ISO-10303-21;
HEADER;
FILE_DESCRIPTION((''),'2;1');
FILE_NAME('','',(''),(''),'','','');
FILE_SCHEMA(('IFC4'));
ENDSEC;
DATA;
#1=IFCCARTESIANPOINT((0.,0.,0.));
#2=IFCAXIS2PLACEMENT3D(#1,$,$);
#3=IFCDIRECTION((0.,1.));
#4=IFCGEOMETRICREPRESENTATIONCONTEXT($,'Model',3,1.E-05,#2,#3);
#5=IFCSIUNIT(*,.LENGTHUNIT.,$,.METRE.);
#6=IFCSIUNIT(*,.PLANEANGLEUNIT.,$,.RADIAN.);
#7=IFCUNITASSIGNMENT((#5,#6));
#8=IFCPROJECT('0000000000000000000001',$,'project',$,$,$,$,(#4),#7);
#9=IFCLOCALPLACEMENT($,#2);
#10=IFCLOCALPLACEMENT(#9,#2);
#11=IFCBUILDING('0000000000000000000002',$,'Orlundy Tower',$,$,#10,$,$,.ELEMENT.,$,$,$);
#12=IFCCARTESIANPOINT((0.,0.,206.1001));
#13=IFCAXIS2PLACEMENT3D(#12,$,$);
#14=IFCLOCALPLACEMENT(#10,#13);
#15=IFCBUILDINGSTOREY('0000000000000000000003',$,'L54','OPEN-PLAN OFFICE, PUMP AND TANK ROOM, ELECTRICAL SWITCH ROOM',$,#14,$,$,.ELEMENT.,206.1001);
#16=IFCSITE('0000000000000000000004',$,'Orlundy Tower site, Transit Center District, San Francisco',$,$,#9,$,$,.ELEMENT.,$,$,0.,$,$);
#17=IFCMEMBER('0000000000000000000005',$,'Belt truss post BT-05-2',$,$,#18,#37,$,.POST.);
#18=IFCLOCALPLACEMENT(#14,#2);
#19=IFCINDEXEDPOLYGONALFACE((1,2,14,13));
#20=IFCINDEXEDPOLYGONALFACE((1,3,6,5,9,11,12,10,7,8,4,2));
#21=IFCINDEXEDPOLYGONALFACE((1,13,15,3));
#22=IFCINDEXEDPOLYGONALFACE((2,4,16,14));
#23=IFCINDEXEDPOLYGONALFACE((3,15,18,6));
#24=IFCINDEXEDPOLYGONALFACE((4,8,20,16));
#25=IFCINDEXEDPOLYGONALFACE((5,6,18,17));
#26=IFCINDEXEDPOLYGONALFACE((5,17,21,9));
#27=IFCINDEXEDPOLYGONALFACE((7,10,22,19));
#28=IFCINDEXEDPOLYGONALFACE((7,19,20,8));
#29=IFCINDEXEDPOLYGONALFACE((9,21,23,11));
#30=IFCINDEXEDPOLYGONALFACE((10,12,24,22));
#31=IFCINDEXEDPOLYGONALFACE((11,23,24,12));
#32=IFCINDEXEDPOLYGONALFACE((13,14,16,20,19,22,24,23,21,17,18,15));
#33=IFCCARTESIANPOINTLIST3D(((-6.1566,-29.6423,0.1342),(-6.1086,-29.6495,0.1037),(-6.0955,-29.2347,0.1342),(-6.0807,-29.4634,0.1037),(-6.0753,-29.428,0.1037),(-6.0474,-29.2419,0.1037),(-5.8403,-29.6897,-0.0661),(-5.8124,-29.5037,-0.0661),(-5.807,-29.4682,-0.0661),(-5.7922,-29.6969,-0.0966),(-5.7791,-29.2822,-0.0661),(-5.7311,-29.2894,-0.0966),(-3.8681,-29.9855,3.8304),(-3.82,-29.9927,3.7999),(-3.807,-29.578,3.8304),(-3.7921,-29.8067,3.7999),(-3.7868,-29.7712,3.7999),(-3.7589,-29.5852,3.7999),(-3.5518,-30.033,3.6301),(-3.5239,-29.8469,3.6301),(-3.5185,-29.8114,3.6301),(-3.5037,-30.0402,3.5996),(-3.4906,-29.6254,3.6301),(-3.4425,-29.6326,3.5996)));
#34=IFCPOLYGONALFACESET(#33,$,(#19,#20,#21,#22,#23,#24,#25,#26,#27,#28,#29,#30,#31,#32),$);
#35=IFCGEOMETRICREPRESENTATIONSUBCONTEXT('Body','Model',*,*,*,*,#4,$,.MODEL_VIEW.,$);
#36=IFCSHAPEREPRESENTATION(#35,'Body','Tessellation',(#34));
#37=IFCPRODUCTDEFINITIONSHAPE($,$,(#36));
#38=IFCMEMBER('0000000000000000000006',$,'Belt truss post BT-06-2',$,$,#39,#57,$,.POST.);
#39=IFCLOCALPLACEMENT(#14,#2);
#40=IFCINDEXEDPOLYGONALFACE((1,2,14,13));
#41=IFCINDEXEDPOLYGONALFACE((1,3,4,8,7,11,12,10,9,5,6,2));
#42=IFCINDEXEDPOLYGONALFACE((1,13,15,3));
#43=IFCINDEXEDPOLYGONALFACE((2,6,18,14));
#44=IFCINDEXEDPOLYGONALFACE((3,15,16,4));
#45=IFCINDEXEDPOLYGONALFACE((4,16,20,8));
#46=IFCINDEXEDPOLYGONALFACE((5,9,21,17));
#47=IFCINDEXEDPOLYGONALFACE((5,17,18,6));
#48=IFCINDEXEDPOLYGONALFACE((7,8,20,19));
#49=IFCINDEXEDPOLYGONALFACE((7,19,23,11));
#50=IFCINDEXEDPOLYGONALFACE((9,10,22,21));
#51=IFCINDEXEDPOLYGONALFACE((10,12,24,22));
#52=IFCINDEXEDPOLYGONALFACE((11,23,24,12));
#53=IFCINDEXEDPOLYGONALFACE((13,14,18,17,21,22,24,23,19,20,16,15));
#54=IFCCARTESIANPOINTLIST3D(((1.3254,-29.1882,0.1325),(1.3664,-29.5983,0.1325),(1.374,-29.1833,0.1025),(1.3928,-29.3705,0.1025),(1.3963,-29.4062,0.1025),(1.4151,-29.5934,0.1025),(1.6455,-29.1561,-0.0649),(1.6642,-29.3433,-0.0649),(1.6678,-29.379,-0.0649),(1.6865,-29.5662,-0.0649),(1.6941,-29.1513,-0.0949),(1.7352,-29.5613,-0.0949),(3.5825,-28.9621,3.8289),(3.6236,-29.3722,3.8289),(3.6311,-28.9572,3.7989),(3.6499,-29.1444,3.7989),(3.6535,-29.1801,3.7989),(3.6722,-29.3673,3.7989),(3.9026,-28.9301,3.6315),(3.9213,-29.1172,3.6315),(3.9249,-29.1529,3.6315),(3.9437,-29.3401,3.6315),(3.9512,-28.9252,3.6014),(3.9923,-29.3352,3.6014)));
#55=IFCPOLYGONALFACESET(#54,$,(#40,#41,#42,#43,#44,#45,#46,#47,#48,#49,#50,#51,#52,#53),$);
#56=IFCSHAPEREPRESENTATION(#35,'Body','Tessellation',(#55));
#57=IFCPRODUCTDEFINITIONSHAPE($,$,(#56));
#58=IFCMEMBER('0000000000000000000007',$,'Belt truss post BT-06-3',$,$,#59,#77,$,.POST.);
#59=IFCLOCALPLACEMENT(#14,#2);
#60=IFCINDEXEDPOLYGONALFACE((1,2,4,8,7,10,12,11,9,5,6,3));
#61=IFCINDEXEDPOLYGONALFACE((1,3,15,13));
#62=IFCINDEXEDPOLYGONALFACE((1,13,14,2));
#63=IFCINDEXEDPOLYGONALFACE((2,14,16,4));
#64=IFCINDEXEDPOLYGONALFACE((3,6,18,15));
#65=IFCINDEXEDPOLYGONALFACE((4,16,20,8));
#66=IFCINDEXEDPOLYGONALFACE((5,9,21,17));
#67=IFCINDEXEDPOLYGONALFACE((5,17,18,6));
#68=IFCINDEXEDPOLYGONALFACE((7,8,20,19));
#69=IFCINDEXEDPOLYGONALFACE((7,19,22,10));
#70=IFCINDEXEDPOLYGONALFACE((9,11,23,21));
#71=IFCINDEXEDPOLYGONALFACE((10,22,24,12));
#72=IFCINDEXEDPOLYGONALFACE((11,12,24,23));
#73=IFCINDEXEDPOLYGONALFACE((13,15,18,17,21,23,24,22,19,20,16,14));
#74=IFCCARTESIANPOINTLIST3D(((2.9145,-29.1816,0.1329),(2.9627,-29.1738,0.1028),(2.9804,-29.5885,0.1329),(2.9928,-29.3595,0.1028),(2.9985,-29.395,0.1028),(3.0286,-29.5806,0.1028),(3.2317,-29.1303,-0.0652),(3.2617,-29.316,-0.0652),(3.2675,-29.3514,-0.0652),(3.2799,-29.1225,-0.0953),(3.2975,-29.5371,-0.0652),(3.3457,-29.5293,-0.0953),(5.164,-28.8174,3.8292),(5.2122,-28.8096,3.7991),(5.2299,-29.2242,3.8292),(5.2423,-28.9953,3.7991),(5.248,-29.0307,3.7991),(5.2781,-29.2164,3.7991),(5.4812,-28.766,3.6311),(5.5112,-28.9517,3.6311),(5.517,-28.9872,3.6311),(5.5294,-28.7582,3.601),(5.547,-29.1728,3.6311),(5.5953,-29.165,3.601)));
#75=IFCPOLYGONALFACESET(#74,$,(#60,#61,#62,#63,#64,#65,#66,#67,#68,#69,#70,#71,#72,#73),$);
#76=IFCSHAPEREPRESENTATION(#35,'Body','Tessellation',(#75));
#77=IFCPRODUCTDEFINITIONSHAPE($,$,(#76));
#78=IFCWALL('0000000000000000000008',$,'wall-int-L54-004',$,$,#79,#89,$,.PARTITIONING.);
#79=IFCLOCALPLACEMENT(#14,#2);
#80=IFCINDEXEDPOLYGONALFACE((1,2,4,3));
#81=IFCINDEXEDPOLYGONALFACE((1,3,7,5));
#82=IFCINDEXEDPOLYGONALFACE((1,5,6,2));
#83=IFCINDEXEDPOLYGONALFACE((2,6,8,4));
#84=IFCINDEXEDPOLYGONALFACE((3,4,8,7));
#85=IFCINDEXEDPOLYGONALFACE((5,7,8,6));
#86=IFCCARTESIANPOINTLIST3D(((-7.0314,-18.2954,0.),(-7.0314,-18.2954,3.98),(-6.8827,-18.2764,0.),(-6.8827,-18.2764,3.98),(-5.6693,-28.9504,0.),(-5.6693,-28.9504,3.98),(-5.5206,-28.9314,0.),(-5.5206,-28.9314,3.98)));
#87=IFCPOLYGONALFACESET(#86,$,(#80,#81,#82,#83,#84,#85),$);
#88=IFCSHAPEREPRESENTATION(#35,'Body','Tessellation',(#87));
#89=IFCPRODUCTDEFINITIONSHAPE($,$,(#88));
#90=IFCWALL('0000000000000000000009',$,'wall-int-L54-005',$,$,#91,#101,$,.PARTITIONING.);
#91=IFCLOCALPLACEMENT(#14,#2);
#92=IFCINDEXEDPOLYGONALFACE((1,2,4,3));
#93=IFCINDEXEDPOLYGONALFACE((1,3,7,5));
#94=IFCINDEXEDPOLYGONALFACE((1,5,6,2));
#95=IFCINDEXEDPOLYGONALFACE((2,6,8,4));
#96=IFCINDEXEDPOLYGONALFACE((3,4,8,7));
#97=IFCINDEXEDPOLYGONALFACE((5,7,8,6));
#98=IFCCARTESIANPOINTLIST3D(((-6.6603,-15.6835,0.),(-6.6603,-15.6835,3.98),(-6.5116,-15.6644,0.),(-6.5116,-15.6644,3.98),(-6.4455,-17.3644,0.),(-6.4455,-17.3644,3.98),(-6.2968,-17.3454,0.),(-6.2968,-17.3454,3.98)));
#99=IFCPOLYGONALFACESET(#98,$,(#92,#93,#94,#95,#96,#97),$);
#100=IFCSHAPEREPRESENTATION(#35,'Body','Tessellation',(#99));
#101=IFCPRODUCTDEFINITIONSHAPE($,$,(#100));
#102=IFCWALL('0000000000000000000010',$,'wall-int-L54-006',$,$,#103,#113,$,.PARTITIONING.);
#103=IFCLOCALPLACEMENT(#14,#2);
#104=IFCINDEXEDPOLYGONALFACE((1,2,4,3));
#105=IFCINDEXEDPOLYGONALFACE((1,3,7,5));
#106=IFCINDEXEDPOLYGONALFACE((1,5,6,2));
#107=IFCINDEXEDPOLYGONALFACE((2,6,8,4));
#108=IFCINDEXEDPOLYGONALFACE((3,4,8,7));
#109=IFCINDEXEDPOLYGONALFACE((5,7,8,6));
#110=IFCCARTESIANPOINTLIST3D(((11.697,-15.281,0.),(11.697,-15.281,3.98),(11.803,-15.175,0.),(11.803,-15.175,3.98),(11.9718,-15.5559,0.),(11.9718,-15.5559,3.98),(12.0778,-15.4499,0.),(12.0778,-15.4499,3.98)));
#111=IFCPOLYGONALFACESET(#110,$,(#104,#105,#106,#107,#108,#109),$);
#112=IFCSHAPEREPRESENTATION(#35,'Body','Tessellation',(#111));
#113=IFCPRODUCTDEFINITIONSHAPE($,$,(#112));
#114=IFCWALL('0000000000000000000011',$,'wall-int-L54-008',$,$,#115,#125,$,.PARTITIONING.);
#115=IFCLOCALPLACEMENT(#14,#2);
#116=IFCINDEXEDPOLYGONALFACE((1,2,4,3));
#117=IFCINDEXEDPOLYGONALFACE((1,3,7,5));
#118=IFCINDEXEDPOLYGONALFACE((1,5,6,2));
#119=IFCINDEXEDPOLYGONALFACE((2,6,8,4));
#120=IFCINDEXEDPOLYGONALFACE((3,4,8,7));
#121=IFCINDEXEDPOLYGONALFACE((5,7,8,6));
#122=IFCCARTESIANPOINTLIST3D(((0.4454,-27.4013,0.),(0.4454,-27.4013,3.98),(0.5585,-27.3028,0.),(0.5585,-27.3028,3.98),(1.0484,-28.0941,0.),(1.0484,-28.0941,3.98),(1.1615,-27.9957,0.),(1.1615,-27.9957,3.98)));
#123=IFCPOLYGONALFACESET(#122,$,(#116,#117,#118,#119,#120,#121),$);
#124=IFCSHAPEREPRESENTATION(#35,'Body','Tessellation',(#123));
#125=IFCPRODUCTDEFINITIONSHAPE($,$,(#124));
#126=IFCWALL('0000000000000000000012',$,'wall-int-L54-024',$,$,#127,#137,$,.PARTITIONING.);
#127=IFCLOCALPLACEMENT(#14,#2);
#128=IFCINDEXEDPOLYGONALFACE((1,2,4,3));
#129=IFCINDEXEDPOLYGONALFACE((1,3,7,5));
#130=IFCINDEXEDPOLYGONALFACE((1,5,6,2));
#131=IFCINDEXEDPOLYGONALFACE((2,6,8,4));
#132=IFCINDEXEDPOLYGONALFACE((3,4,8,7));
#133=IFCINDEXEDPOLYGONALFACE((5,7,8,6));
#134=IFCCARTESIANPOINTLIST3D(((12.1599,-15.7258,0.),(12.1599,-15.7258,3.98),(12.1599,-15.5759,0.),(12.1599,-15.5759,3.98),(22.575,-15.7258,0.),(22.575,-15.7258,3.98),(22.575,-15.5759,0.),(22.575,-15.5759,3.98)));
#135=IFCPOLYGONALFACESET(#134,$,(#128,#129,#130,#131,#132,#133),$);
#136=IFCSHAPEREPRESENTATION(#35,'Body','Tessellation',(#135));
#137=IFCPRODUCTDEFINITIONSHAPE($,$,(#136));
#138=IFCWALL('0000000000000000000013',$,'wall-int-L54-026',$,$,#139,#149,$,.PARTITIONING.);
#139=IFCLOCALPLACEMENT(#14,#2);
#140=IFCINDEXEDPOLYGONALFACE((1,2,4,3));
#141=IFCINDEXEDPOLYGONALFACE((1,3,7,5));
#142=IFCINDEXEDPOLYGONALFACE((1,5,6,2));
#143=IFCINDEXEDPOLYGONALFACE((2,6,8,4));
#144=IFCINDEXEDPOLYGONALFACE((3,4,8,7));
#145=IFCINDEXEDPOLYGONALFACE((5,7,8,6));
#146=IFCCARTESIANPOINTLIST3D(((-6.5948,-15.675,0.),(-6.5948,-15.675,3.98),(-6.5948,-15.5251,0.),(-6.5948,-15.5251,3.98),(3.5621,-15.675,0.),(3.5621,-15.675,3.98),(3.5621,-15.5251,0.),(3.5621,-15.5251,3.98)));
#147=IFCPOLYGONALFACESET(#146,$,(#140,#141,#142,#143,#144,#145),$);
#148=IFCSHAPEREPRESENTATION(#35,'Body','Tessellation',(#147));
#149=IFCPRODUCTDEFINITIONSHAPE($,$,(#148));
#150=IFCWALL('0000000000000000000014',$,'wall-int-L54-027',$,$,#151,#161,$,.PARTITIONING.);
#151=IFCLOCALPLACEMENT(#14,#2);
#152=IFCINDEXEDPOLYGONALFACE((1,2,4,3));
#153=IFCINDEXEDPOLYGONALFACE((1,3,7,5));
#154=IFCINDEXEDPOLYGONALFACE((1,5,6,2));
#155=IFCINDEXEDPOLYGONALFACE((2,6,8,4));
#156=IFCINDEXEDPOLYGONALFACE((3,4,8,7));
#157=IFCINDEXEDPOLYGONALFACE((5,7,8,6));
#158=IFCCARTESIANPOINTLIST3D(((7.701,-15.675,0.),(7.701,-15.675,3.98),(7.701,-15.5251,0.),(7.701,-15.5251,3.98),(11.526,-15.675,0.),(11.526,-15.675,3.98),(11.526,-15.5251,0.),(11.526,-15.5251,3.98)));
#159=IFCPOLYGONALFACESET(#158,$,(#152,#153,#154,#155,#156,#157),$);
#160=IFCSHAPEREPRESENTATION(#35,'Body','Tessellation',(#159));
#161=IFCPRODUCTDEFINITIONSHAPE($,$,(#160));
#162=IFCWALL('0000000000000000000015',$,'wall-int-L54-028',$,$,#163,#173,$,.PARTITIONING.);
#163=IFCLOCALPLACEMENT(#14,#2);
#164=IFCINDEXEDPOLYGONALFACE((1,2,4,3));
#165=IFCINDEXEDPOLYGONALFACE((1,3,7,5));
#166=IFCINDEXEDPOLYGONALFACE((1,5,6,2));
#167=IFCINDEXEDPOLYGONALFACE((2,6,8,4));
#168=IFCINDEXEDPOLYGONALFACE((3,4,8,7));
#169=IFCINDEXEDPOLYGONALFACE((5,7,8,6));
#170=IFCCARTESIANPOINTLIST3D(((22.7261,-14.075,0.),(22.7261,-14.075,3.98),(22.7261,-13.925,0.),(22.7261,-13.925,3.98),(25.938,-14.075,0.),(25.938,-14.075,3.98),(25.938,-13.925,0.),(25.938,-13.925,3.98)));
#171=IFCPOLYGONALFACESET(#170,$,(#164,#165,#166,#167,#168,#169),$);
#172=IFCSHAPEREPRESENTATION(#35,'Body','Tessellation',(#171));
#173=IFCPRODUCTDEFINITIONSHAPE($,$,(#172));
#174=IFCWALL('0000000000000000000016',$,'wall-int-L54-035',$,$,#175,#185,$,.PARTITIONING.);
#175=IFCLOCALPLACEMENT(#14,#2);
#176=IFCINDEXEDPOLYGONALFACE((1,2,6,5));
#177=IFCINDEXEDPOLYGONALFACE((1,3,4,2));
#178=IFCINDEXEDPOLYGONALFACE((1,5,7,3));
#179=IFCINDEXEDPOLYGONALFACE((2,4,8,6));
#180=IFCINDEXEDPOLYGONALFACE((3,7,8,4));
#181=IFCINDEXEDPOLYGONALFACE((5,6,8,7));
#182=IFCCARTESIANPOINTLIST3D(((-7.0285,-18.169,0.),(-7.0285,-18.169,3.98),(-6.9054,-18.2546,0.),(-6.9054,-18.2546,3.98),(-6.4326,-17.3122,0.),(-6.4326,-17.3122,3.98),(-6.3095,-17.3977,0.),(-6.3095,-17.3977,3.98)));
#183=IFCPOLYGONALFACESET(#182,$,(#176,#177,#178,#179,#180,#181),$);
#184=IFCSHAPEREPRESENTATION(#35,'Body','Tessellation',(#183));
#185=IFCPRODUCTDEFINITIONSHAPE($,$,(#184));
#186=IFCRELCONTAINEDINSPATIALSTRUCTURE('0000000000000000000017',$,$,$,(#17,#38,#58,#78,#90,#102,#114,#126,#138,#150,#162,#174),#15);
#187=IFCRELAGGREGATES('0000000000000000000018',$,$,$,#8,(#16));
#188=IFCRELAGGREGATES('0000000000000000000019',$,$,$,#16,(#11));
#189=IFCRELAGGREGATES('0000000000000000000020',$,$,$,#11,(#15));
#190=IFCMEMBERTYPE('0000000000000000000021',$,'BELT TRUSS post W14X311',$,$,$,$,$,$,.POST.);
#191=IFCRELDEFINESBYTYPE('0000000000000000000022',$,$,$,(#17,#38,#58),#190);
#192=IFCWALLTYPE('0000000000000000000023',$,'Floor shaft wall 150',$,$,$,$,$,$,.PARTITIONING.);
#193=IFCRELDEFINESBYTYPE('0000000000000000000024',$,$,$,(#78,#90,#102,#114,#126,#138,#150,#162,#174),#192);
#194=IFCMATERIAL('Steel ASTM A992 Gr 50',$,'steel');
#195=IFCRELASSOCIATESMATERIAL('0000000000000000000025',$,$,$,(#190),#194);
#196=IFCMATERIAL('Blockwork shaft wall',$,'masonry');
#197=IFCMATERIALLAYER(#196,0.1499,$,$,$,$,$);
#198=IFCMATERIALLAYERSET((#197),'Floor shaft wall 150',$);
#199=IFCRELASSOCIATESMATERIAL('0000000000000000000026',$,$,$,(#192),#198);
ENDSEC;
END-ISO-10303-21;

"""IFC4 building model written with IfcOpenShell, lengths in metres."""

from ifc_helpers import new_model, si_unit, direction, frame, frame_2d, origin, origin_2d, place, context, subcontext, project, spatial, rectangle, i_section, extrude, material, layer, layer_set, material_profile, profile_set, type_object, element, save


model = new_model("IFC4")

# Units and contexts
model_context = context("Model", 3, precision=1e-05, world=origin(), true_north=direction((0.0, 1.0)))
body_context = subcontext(model_context, "Body", "Model", "MODEL_VIEW")
ifc_project = project(units=[si_unit("LENGTHUNIT", "METRE"), si_unit("PLANEANGLEUNIT", "RADIAN")], contexts=[model_context])

# Site, building, storey
site_placement = place(None, origin())
site = spatial("IfcSite", under=ifc_project, at=site_placement, Name="Orlundy Tower site, Transit Center District, San Francisco", CompositionType="ELEMENT", RefElevation=0.0)
building_placement = place(site_placement, origin())
building = spatial("IfcBuilding", under=site, at=building_placement, Name="Orlundy Tower", CompositionType="ELEMENT")
storey_placement = place(building_placement, frame((0.0, 0.0, 206.1001)))
storey = spatial("IfcBuildingStorey", under=building, at=storey_placement, Name="L54", Description="OPEN-PLAN OFFICE, PUMP AND TANK ROOM, ELECTRICAL SWITCH ROOM", CompositionType="ELEMENT", Elevation=206.1001)

# Members
ifc_material_1 = material(Name="Steel ASTM A992 Gr 50", Category="steel")
ifc_material_profile = material_profile(ifc_material_1, i_section(OverallWidth=0.4121, OverallDepth=0.4348, WebThickness=0.0359, FlangeThickness=0.0574, at=origin_2d()), Name="W14X311")
ifc_profile_set = profile_set([ifc_material_profile], Name="Steel ASTM A992 Gr 50")
member_type = type_object("IfcMemberType", Name="BELT TRUSS post W14X311", PredefinedType="POST", material=ifc_profile_set)
member_1_placement = place(storey_placement, frame((-5.9438, -29.4658, 0.0188), z_axis=(0.524787, -0.078712, 0.847587), x_axis=(0.14833, 0.988938, 0.0)))
element("IfcMember", 1, at=member_1_placement, inside=storey, type_object=member_type, Name="Belt truss post BT-05-2", PredefinedType="POST", context=body_context, shape_type="SweptSolid", body=[
    extrude(i_section(OverallWidth=0.4121, OverallDepth=0.4348, WebThickness=0.0359, FlangeThickness=0.0574, at=origin_2d()), origin(), (0.0, 0.0, 1.0), 4.3608),
])
member_2_placement = place(storey_placement, frame((1.5303, -29.3748, 0.0188), z_axis=(0.520445, 0.052129, 0.852303), x_axis=(-0.099664, 0.995021, 0.0)))
element("IfcMember", 2, at=member_2_placement, inside=storey, type_object=member_type, Name="Belt truss post BT-06-2", PredefinedType="POST", context=body_context, shape_type="SweptSolid", body=[
    extrude(i_section(OverallWidth=0.4121, OverallDepth=0.4348, WebThickness=0.0359, FlangeThickness=0.0574, at=origin_2d()), origin(), (0.0, 0.0, 1.0), 4.3369),
])
member_3_placement = place(storey_placement, frame((3.1301, -29.3555, 0.0188), z_axis=(0.518047, 0.083886, 0.851229), x_axis=(-0.159845, 0.987142, 0.0)))
element("IfcMember", 3, at=member_3_placement, inside=storey, type_object=member_type, Name="Belt truss post BT-06-3", PredefinedType="POST", context=body_context, shape_type="SweptSolid", body=[
    extrude(i_section(OverallWidth=0.4121, OverallDepth=0.4348, WebThickness=0.0359, FlangeThickness=0.0574, at=origin_2d()), origin(), (0.0, 0.0, 1.0), 4.3423),
])

# Walls
ifc_material_2 = material(Name="Blockwork shaft wall", Category="masonry")
ifc_layer_1 = layer(ifc_material_2, 0.1499)
ifc_layer_set_1 = layer_set([ifc_layer_1], Name="Floor shaft wall 150")
wall_type_1 = type_object("IfcWallType", Name="Floor shaft wall 150", PredefinedType="PARTITIONING", material=ifc_layer_set_1)
wall_1_placement = place(storey_placement, frame((-6.957, -18.2859, 0.0), z_axis=(0.0, 0.0, 1.0), x_axis=(0.126801, -0.991928, 0.0)))
element("IfcWall", 4, at=wall_1_placement, inside=storey, type_object=wall_type_1, Name="wall-int-L54-004", PredefinedType="PARTITIONING", context=body_context, shape_type="SweptSolid", body=[
    extrude(rectangle(XDim=10.7417, YDim=0.1499, at=frame_2d((5.3708, 0.0))), origin(), (0.0, 0.0, 1.0), 3.98),
])
wall_2_placement = place(storey_placement, frame((-6.5859, -15.6741, 0.0), z_axis=(0.0, 0.0, 1.0), x_axis=(0.126783, -0.991931, 0.0)))
element("IfcWall", 5, at=wall_2_placement, inside=storey, type_object=wall_type_1, Name="wall-int-L54-005", PredefinedType="PARTITIONING", context=body_context, shape_type="SweptSolid", body=[
    extrude(rectangle(XDim=1.6946, YDim=0.1499, at=frame_2d((0.8472, 0.0))), origin(), (0.0, 0.0, 1.0), 3.98),
])
wall_3_placement = place(storey_placement, frame((11.75, -15.228, 0.0), z_axis=(0.0, 0.0, 1.0), x_axis=(0.707107, -0.707107, 0.0)))
element("IfcWall", 6, at=wall_3_placement, inside=storey, type_object=wall_type_1, Name="wall-int-L54-006", PredefinedType="PARTITIONING", context=body_context, shape_type="SweptSolid", body=[
    extrude(rectangle(XDim=0.3887, YDim=0.1499, at=frame_2d((0.1943, 0.0))), origin(), (0.0, 0.0, 1.0), 3.98),
])
wall_4_placement = place(storey_placement, frame((0.502, -27.3521, 0.0), z_axis=(0.0, 0.0, 1.0), x_axis=(0.656508, -0.754319, 0.0)))
element("IfcWall", 7, at=wall_4_placement, inside=storey, type_object=wall_type_1, Name="wall-int-L54-008", PredefinedType="PARTITIONING", context=body_context, shape_type="SweptSolid", body=[
    extrude(rectangle(XDim=0.9185, YDim=0.1499, at=frame_2d((0.4592, 0.0))), origin(), (0.0, 0.0, 1.0), 3.98),
])
wall_5_placement = place(storey_placement, frame((12.1599, -15.6509, 0.0), z_axis=(0.0, 0.0, 1.0), x_axis=(1.0, 0.0, 0.0)))
element("IfcWall", 8, at=wall_5_placement, inside=storey, type_object=wall_type_1, Name="wall-int-L54-024", PredefinedType="PARTITIONING", context=body_context, shape_type="SweptSolid", body=[
    extrude(rectangle(XDim=10.415, YDim=0.1499, at=frame_2d((5.2075, 0.0))), origin(), (0.0, 0.0, 1.0), 3.98),
])
wall_6_placement = place(storey_placement, frame((-6.595, -15.6001, 0.0), z_axis=(0.0, 0.0, 1.0), x_axis=(1.0, 0.0, 0.0)))
element("IfcWall", 9, at=wall_6_placement, inside=storey, type_object=wall_type_1, Name="wall-int-L54-026", PredefinedType="PARTITIONING", context=body_context, shape_type="SweptSolid", body=[
    extrude(rectangle(XDim=10.157, YDim=0.1499, at=frame_2d((5.0786, 0.0))), origin(), (0.0, 0.0, 1.0), 3.98),
])
wall_7_placement = place(storey_placement, frame((7.7009, -15.6001, 0.0), z_axis=(0.0, 0.0, 1.0), x_axis=(1.0, 0.0, 0.0)))
element("IfcWall", 10, at=wall_7_placement, inside=storey, type_object=wall_type_1, Name="wall-int-L54-027", PredefinedType="PARTITIONING", context=body_context, shape_type="SweptSolid", body=[
    extrude(rectangle(XDim=3.825, YDim=0.1499, at=frame_2d((1.9126, 0.0))), origin(), (0.0, 0.0, 1.0), 3.98),
])
wall_8_placement = place(storey_placement, frame((22.7261, -14.0, 0.0), z_axis=(0.0, 0.0, 1.0), x_axis=(1.0, 0.0, 0.0)))
element("IfcWall", 11, at=wall_8_placement, inside=storey, type_object=wall_type_1, Name="wall-int-L54-028", PredefinedType="PARTITIONING", context=body_context, shape_type="SweptSolid", body=[
    extrude(rectangle(XDim=3.2119, YDim=0.1499, at=frame_2d((1.606, 0.0))), origin(), (0.0, 0.0, 1.0), 3.98),
])
wall_9_placement = place(storey_placement, frame((-6.967, -18.2119, 0.0), z_axis=(0.0, 0.0, 1.0), x_axis=(0.570948, 0.820986, 0.0)))
element("IfcWall", 12, at=wall_9_placement, inside=storey, type_object=wall_type_1, Name="wall-int-L54-035", PredefinedType="PARTITIONING", context=body_context, shape_type="SweptSolid", body=[
    extrude(rectangle(XDim=1.0437, YDim=0.1499, at=frame_2d((0.522, 0.0))), origin(), (0.0, 0.0, 1.0), 3.98),
])

save(model, "model.ifc")
